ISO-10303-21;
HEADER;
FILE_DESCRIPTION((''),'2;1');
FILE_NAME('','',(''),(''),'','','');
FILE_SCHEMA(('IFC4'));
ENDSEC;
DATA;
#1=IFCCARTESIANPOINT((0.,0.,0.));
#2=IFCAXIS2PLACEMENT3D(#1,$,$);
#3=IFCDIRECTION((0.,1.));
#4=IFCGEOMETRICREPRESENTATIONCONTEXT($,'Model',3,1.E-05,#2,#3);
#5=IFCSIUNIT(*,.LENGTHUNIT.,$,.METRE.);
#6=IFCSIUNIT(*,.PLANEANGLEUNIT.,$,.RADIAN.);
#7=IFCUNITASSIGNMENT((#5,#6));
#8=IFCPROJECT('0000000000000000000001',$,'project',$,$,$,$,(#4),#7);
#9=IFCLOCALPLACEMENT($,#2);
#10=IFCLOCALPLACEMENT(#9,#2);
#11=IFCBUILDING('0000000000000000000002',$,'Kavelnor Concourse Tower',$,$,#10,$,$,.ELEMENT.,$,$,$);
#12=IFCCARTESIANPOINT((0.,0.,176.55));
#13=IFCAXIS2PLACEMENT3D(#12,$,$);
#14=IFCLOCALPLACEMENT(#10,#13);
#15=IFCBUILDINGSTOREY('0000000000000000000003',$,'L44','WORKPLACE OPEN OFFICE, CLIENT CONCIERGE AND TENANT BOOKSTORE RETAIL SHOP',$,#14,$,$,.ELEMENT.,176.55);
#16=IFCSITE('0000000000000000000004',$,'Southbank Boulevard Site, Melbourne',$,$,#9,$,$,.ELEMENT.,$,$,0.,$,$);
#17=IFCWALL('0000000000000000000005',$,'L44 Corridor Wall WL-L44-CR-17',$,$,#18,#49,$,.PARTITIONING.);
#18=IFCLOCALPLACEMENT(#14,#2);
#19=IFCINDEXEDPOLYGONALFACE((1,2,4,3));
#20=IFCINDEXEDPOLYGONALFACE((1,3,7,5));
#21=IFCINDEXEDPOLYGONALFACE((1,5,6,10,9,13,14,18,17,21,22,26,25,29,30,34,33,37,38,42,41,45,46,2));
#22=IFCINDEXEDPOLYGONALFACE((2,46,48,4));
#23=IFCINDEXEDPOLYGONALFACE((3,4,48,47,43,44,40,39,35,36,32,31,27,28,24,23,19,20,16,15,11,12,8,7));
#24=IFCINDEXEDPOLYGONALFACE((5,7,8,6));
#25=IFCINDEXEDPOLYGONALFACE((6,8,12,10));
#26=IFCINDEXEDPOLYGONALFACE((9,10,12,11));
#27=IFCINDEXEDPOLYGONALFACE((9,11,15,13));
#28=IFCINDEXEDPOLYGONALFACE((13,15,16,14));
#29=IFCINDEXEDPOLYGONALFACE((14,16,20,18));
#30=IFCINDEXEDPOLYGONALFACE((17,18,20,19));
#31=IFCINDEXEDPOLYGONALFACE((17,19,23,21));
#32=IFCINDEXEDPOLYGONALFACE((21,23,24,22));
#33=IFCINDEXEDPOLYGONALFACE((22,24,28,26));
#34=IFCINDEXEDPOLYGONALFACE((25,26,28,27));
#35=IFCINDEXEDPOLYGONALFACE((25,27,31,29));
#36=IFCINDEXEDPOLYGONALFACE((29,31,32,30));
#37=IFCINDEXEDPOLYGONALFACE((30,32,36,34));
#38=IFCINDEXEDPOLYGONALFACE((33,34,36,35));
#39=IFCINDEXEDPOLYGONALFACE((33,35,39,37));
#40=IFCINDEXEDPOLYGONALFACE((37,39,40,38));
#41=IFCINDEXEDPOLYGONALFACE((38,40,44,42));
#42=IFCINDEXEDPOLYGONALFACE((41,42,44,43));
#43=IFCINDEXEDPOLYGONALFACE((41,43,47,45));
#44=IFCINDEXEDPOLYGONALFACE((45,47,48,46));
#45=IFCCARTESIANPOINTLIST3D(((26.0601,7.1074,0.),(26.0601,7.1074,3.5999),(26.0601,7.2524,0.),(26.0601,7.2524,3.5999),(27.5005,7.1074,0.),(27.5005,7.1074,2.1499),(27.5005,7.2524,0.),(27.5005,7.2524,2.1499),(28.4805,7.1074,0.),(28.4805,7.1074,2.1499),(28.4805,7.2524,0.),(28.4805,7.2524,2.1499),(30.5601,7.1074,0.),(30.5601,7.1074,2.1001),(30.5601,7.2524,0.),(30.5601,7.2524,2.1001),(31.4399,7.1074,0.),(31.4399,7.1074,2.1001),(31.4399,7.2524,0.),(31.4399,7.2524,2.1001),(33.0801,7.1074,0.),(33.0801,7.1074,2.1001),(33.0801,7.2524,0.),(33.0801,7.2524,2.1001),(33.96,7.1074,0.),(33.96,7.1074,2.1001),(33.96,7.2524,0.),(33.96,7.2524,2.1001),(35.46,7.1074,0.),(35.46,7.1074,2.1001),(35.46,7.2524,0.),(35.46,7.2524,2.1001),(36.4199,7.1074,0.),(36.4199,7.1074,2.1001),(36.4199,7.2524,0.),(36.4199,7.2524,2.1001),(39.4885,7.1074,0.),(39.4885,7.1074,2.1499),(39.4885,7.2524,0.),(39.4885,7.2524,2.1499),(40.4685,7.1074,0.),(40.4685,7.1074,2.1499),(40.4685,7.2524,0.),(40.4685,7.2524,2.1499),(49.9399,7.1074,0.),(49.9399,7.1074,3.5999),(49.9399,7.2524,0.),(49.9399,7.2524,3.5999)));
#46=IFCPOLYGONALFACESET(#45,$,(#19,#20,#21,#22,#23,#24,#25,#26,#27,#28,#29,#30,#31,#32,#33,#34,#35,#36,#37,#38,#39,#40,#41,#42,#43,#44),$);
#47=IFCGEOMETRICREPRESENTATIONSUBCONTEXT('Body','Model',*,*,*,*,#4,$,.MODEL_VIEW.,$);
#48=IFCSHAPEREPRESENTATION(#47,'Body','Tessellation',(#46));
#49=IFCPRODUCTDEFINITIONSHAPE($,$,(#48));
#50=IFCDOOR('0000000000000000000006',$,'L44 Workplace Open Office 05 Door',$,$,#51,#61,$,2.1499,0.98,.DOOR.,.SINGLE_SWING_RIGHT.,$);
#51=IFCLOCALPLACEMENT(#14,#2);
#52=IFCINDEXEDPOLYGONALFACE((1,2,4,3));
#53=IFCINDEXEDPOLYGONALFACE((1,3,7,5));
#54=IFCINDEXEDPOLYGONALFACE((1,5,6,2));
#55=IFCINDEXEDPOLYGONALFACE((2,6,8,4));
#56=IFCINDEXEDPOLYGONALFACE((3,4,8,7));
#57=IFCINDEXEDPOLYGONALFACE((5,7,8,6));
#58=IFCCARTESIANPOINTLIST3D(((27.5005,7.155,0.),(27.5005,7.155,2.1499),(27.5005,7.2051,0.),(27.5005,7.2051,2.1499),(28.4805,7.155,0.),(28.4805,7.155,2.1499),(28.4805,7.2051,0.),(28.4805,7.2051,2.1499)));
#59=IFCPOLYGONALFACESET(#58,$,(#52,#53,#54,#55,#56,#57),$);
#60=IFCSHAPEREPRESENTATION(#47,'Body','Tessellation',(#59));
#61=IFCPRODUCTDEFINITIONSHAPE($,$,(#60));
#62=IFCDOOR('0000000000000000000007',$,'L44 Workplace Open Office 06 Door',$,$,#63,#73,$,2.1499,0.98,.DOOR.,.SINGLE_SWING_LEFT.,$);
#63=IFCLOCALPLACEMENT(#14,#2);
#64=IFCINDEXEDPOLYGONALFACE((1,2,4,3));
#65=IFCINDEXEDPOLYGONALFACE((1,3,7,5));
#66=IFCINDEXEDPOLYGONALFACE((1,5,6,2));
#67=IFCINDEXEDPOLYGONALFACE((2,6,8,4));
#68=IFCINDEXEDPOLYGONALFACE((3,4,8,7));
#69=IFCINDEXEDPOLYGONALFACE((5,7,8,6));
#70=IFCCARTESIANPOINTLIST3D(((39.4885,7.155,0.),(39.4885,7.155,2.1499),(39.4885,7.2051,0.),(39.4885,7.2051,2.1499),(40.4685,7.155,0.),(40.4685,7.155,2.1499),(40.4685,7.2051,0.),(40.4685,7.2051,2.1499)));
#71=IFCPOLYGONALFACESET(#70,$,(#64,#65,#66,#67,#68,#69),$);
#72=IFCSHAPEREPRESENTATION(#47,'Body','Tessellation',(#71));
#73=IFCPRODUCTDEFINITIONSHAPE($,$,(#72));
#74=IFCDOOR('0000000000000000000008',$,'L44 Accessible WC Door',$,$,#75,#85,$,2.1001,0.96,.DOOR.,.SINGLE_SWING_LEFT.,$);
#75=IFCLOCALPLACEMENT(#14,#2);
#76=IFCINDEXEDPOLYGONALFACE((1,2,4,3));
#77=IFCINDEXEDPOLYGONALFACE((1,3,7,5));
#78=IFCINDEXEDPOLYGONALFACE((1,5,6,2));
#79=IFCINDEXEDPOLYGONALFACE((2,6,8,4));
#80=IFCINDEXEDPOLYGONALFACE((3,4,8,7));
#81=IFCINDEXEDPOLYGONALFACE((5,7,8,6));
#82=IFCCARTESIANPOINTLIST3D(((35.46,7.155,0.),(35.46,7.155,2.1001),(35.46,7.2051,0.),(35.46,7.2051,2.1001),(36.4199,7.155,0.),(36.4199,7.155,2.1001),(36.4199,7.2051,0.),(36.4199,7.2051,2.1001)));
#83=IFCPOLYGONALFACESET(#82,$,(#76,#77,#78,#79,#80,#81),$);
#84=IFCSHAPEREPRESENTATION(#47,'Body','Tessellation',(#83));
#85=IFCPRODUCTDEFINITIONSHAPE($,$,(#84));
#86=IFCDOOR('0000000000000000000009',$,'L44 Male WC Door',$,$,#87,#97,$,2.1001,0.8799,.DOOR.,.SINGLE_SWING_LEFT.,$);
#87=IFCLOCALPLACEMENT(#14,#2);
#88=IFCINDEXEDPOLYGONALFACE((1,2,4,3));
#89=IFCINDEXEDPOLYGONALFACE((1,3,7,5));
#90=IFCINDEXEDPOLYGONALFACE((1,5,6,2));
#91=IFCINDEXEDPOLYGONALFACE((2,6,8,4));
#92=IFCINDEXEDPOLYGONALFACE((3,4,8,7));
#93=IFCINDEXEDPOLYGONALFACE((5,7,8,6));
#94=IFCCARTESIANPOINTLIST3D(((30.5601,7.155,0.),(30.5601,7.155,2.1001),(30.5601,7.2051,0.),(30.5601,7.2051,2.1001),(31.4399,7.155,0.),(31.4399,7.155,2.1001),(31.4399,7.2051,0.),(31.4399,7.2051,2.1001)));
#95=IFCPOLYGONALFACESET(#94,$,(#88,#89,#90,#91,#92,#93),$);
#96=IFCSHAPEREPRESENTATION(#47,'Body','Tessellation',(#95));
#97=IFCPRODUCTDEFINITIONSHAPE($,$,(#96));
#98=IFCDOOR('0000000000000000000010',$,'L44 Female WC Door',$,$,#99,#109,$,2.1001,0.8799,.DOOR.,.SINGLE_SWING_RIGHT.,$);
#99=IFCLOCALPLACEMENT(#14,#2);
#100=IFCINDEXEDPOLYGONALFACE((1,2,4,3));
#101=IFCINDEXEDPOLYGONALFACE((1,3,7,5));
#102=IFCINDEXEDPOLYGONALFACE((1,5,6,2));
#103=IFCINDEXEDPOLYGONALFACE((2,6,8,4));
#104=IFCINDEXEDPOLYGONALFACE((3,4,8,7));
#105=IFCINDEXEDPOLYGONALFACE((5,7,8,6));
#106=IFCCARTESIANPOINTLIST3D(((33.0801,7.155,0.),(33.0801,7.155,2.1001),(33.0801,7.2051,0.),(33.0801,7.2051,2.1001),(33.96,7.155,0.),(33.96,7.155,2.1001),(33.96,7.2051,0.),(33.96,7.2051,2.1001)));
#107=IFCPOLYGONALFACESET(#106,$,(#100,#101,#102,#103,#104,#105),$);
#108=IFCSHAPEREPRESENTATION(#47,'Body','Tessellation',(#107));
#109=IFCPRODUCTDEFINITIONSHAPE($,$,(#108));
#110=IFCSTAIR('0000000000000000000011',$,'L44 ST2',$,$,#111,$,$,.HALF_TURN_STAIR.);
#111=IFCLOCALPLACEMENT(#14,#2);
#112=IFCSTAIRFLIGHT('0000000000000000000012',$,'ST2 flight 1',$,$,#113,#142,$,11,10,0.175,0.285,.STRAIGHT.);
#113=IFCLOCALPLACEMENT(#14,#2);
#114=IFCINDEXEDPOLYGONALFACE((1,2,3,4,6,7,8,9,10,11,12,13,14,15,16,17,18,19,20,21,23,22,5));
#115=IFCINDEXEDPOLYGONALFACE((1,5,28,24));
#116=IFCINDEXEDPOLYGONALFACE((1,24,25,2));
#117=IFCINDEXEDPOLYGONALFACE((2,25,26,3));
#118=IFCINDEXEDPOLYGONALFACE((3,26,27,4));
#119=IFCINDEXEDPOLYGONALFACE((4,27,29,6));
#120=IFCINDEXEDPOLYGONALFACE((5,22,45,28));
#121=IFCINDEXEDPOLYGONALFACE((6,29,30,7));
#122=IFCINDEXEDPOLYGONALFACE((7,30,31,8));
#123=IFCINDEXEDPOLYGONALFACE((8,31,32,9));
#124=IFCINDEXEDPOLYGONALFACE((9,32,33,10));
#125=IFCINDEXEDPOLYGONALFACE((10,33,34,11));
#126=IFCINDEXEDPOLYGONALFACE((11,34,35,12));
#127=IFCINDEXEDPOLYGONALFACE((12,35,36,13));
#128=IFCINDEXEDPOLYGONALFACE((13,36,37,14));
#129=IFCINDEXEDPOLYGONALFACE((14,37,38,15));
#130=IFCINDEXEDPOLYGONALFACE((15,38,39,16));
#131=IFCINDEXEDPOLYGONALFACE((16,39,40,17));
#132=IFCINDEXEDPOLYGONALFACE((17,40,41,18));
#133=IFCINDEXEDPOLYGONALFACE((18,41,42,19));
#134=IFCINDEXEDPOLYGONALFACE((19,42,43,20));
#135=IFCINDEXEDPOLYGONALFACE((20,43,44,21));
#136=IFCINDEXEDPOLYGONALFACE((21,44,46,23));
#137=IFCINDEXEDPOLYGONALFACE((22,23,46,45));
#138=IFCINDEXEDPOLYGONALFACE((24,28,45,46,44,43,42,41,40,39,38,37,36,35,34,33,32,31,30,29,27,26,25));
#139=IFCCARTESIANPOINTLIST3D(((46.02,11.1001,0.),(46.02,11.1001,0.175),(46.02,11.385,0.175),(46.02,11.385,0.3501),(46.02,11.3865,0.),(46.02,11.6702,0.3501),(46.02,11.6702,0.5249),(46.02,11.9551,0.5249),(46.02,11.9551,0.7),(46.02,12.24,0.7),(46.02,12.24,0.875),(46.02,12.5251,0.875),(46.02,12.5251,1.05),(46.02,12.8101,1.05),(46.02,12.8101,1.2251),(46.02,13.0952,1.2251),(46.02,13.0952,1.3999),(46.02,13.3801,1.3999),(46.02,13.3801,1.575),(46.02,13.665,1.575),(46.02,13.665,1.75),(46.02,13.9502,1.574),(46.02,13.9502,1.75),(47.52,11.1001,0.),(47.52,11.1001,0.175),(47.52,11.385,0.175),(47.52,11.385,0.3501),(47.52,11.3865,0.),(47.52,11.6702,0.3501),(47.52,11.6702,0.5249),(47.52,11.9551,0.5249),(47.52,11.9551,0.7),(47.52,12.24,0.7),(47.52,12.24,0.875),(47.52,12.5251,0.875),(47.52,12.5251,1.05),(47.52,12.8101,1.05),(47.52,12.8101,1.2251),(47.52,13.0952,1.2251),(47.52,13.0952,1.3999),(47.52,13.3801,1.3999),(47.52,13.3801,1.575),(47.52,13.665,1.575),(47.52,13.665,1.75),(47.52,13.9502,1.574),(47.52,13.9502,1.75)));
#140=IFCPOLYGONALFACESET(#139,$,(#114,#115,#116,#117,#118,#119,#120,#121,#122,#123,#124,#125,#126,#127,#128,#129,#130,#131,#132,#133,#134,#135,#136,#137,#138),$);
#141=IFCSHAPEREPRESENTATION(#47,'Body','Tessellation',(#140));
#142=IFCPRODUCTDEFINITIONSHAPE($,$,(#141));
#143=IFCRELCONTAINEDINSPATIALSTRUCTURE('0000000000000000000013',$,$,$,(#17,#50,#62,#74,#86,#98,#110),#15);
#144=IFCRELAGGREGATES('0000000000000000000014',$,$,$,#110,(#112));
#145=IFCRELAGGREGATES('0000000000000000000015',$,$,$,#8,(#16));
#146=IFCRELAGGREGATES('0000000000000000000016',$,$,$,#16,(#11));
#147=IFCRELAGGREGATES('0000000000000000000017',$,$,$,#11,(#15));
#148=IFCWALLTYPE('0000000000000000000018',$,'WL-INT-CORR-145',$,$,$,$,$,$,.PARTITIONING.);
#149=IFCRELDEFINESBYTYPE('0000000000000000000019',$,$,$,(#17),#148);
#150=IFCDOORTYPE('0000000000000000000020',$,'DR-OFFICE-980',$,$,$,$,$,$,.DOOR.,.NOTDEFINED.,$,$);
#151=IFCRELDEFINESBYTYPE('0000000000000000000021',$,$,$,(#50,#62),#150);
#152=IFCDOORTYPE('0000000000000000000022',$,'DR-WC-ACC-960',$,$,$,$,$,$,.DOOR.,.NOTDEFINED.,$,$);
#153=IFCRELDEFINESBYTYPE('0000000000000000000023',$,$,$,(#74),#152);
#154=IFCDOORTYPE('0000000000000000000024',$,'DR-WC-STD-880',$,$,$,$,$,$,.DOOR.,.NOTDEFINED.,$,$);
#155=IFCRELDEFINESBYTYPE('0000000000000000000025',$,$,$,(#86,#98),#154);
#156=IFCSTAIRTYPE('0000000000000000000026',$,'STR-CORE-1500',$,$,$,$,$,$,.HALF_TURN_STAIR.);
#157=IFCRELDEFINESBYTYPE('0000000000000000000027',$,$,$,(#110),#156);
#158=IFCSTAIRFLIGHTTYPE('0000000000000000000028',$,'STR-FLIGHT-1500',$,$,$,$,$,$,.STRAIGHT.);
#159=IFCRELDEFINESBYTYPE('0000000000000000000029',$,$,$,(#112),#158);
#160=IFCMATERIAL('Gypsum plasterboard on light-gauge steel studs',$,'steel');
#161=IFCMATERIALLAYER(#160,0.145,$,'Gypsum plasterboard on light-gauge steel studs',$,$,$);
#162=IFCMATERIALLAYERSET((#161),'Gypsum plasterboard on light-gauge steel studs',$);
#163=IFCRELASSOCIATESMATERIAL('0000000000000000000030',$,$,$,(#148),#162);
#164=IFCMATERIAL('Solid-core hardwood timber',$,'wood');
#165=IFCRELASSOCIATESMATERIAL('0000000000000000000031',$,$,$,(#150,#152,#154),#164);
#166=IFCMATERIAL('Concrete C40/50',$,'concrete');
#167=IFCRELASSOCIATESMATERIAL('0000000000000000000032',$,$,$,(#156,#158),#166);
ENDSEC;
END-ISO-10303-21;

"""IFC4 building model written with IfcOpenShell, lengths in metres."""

from ifc_helpers import new_model, si_unit, direction, frame, frame_2d, origin, place, context, subcontext, project, spatial, polyline, rectangle, outline, extrude, material, layer, layer_set, type_object, element, fill, aggregate, save


model = new_model("IFC4")

# Units and contexts
model_context = context("Model", 3, precision=1e-05, world=origin(), true_north=direction((0.0, 1.0)))
body_context = subcontext(model_context, "Body", "Model", "MODEL_VIEW")
ifc_project = project(units=[si_unit("LENGTHUNIT", "METRE"), si_unit("PLANEANGLEUNIT", "RADIAN")], contexts=[model_context])

# Site, building, storey
site_placement = place(None, origin())
site = spatial("IfcSite", under=ifc_project, at=site_placement, Name="Southbank Boulevard Site, Melbourne", CompositionType="ELEMENT", RefElevation=0.0)
building_placement = place(site_placement, origin())
building = spatial("IfcBuilding", under=site, at=building_placement, Name="Kavelnor Concourse Tower", CompositionType="ELEMENT")
storey_placement = place(building_placement, frame((0.0, 0.0, 176.55)))
storey = spatial("IfcBuildingStorey", under=building, at=storey_placement, Name="L44", Description="WORKPLACE OPEN OFFICE, CLIENT CONCIERGE AND TENANT BOOKSTORE RETAIL SHOP", CompositionType="ELEMENT", Elevation=176.55)

# Shared definitions
ifc_material_1 = material(Name="Gypsum plasterboard on light-gauge steel studs", Category="steel")
ifc_layer_1 = layer(ifc_material_1, 0.145, Name="Gypsum plasterboard on light-gauge steel studs")
ifc_layer_set_1 = layer_set([ifc_layer_1], Name="Gypsum plasterboard on light-gauge steel studs")
wall_type_1 = type_object("IfcWallType", Name="WL-INT-CORR-145", PredefinedType="PARTITIONING", material=ifc_layer_set_1)

# Wall, openings, doors
wall_1_placement = place(storey_placement, frame((49.9399, 7.1799, 0.0), z_axis=(0.0, 0.0, 1.0), x_axis=(-1.0, 0.0, 0.0)))
wall_1 = element("IfcWall", 1, at=wall_1_placement, inside=storey, type_object=wall_type_1, Name="L44 Corridor Wall WL-L44-CR-17", PredefinedType="PARTITIONING", context=body_context, shape_type="SweptSolid", body=[
    extrude(rectangle(XDim=23.8799, YDim=0.145, at=frame_2d((11.9399, 0.0))), origin(), (0.0, 0.0, 1.0), 3.5999),
])
opening_1_placement = place(wall_1_placement, frame((18.5, 0.0, 0.0)))
opening_1 = element("IfcOpeningElement", 2, at=opening_1_placement, cuts=wall_1, PredefinedType="OPENING", context=body_context, shape_type="SweptSolid", body=[
    extrude(rectangle(XDim=0.8799, YDim=2.1001, at=frame_2d((0.4399, 1.05))), frame((0.0, 0.0825, 0.0), z_axis=(0.0, -1.0, 0.0), x_axis=(1.0, 0.0, 0.0)), (0.0, 0.0, 1.0), 0.165),
])
opening_2_placement = place(wall_1_placement, frame((15.98, 0.0, 0.0)))
opening_2 = element("IfcOpeningElement", 3, at=opening_2_placement, cuts=wall_1, PredefinedType="OPENING", context=body_context, shape_type="SweptSolid", body=[
    extrude(rectangle(XDim=0.8799, YDim=2.1001, at=frame_2d((0.4399, 1.05))), frame((0.0, 0.0825, 0.0), z_axis=(0.0, -1.0, 0.0), x_axis=(1.0, 0.0, 0.0)), (0.0, 0.0, 1.0), 0.165),
])
opening_3_placement = place(wall_1_placement, frame((13.52, 0.0, 0.0)))
opening_3 = element("IfcOpeningElement", 4, at=opening_3_placement, cuts=wall_1, PredefinedType="OPENING", context=body_context, shape_type="SweptSolid", body=[
    extrude(rectangle(XDim=0.96, YDim=2.1001, at=frame_2d((0.48, 1.05))), frame((0.0, 0.0825, 0.0), z_axis=(0.0, -1.0, 0.0), x_axis=(1.0, 0.0, 0.0)), (0.0, 0.0, 1.0), 0.165),
])
opening_4_placement = place(wall_1_placement, frame((21.4595, 0.0, 0.0)))
opening_4 = element("IfcOpeningElement", 5, at=opening_4_placement, cuts=wall_1, PredefinedType="OPENING", context=body_context, shape_type="SweptSolid", body=[
    extrude(rectangle(XDim=0.98, YDim=2.1499, at=frame_2d((0.49, 1.075))), frame((0.0, 0.0825, 0.0), z_axis=(0.0, -1.0, 0.0), x_axis=(1.0, 0.0, 0.0)), (0.0, 0.0, 1.0), 0.165),
])
opening_5_placement = place(wall_1_placement, frame((9.4714, 0.0, 0.0)))
opening_5 = element("IfcOpeningElement", 6, at=opening_5_placement, cuts=wall_1, PredefinedType="OPENING", context=body_context, shape_type="SweptSolid", body=[
    extrude(rectangle(XDim=0.98, YDim=2.1499, at=frame_2d((0.49, 1.075))), frame((0.0, 0.0825, 0.0), z_axis=(0.0, -1.0, 0.0), x_axis=(1.0, 0.0, 0.0)), (0.0, 0.0, 1.0), 0.165),
])
ifc_material_2 = material(Name="Solid-core hardwood timber", Category="wood")
door_type_1 = type_object("IfcDoorType", Name="DR-OFFICE-980", OperationType="NOTDEFINED", PredefinedType="DOOR", material=ifc_material_2)
door_1_placement = place(opening_4_placement, origin())
door_1 = element("IfcDoor", 7, at=door_1_placement, inside=storey, type_object=door_type_1, Name="L44 Workplace Open Office 05 Door", OperationType="SINGLE_SWING_RIGHT", OverallHeight=2.1499, OverallWidth=0.98, PredefinedType="DOOR", context=body_context, shape_type="SweptSolid", body=[
    extrude(rectangle(XDim=0.98, YDim=2.1499, at=frame_2d((0.49, 1.075))), frame((0.0, 0.0249, 0.0), z_axis=(0.0, -1.0, 0.0), x_axis=(1.0, 0.0, 0.0)), (0.0, 0.0, 1.0), 0.05),
])
fill(opening_4, door_1)
door_2_placement = place(opening_5_placement, origin())
door_2 = element("IfcDoor", 8, at=door_2_placement, inside=storey, type_object=door_type_1, Name="L44 Workplace Open Office 06 Door", OperationType="SINGLE_SWING_LEFT", OverallHeight=2.1499, OverallWidth=0.98, PredefinedType="DOOR", context=body_context, shape_type="SweptSolid", body=[
    extrude(rectangle(XDim=0.98, YDim=2.1499, at=frame_2d((0.49, 1.075))), frame((0.0, 0.0249, 0.0), z_axis=(0.0, -1.0, 0.0), x_axis=(1.0, 0.0, 0.0)), (0.0, 0.0, 1.0), 0.05),
])
fill(opening_5, door_2)
door_type_2 = type_object("IfcDoorType", Name="DR-WC-ACC-960", OperationType="NOTDEFINED", PredefinedType="DOOR", material=ifc_material_2)
door_3_placement = place(opening_3_placement, origin())
door_3 = element("IfcDoor", 9, at=door_3_placement, inside=storey, type_object=door_type_2, Name="L44 Accessible WC Door", OperationType="SINGLE_SWING_LEFT", OverallHeight=2.1001, OverallWidth=0.96, PredefinedType="DOOR", context=body_context, shape_type="SweptSolid", body=[
    extrude(rectangle(XDim=0.96, YDim=2.1001, at=frame_2d((0.48, 1.05))), frame((0.0, 0.0249, 0.0), z_axis=(0.0, -1.0, 0.0), x_axis=(1.0, 0.0, 0.0)), (0.0, 0.0, 1.0), 0.05),
])
fill(opening_3, door_3)
door_type_3 = type_object("IfcDoorType", Name="DR-WC-STD-880", OperationType="NOTDEFINED", PredefinedType="DOOR", material=ifc_material_2)
door_4_placement = place(opening_1_placement, origin())
door_4 = element("IfcDoor", 10, at=door_4_placement, inside=storey, type_object=door_type_3, Name="L44 Male WC Door", OperationType="SINGLE_SWING_LEFT", OverallHeight=2.1001, OverallWidth=0.8799, PredefinedType="DOOR", context=body_context, shape_type="SweptSolid", body=[
    extrude(rectangle(XDim=0.8799, YDim=2.1001, at=frame_2d((0.4399, 1.05))), frame((0.0, 0.0249, 0.0), z_axis=(0.0, -1.0, 0.0), x_axis=(1.0, 0.0, 0.0)), (0.0, 0.0, 1.0), 0.05),
])
fill(opening_1, door_4)
door_5_placement = place(opening_2_placement, origin())
door_5 = element("IfcDoor", 11, at=door_5_placement, inside=storey, type_object=door_type_3, Name="L44 Female WC Door", OperationType="SINGLE_SWING_RIGHT", OverallHeight=2.1001, OverallWidth=0.8799, PredefinedType="DOOR", context=body_context, shape_type="SweptSolid", body=[
    extrude(rectangle(XDim=0.8799, YDim=2.1001, at=frame_2d((0.4399, 1.05))), frame((0.0, 0.0249, 0.0), z_axis=(0.0, -1.0, 0.0), x_axis=(1.0, 0.0, 0.0)), (0.0, 0.0, 1.0), 0.05),
])
fill(opening_2, door_5)

# Stair, stair flight
ifc_material_3 = material(Name="Concrete C40/50", Category="concrete")
stair_type = type_object("IfcStairType", Name="STR-CORE-1500", PredefinedType="HALF_TURN_STAIR", material=ifc_material_3)
stair_placement = place(storey_placement, origin())
stair = element("IfcStair", 12, at=stair_placement, inside=storey, type_object=stair_type, Name="L44 ST2", PredefinedType="HALF_TURN_STAIR")
stair_flight_type = type_object("IfcStairFlightType", Name="STR-FLIGHT-1500", PredefinedType="STRAIGHT", material=ifc_material_3)
stair_flight_placement = place(storey_placement, frame((46.77, 11.1001, 0.0), z_axis=(0.0, 0.0, 1.0), x_axis=(0.0, 1.0, 0.0)))
stair_flight = element("IfcStairFlight", 13, at=stair_flight_placement, type_object=stair_flight_type, Name="ST2 flight 1", NumberOfRisers=11, NumberOfTreads=10, PredefinedType="STRAIGHT", RiserHeight=0.175, TreadLength=0.285, context=body_context, shape_type="SweptSolid", body=[
    extrude(outline(polyline([(0.0, 0.0), (0.0, 0.175), (0.2849, 0.175), (0.2849, 0.3501), (0.5701, 0.3501), (0.5701, 0.5249), (0.855, 0.5249), (0.855, 0.7), (1.1399, 0.7), (1.1399, 0.875), (1.425, 0.875), (1.425, 1.05), (1.71, 1.05), (1.71, 1.2251), (1.9951, 1.2251), (1.9951, 1.3999), (2.28, 1.3999), (2.28, 1.575), (2.5649, 1.575), (2.5649, 1.75), (2.8501, 1.75), (2.8501, 1.925), (2.8501, 1.574), (0.2864, 0.0), (0.0, 0.0)])), frame((0.0, 0.75, 0.0), z_axis=(0.0, -1.0, 0.0), x_axis=(1.0, 0.0, 0.0)), (0.0, 0.0, 1.0), 1.5),
])
aggregate(stair, [stair_flight])

save(model, "model.ifc")
